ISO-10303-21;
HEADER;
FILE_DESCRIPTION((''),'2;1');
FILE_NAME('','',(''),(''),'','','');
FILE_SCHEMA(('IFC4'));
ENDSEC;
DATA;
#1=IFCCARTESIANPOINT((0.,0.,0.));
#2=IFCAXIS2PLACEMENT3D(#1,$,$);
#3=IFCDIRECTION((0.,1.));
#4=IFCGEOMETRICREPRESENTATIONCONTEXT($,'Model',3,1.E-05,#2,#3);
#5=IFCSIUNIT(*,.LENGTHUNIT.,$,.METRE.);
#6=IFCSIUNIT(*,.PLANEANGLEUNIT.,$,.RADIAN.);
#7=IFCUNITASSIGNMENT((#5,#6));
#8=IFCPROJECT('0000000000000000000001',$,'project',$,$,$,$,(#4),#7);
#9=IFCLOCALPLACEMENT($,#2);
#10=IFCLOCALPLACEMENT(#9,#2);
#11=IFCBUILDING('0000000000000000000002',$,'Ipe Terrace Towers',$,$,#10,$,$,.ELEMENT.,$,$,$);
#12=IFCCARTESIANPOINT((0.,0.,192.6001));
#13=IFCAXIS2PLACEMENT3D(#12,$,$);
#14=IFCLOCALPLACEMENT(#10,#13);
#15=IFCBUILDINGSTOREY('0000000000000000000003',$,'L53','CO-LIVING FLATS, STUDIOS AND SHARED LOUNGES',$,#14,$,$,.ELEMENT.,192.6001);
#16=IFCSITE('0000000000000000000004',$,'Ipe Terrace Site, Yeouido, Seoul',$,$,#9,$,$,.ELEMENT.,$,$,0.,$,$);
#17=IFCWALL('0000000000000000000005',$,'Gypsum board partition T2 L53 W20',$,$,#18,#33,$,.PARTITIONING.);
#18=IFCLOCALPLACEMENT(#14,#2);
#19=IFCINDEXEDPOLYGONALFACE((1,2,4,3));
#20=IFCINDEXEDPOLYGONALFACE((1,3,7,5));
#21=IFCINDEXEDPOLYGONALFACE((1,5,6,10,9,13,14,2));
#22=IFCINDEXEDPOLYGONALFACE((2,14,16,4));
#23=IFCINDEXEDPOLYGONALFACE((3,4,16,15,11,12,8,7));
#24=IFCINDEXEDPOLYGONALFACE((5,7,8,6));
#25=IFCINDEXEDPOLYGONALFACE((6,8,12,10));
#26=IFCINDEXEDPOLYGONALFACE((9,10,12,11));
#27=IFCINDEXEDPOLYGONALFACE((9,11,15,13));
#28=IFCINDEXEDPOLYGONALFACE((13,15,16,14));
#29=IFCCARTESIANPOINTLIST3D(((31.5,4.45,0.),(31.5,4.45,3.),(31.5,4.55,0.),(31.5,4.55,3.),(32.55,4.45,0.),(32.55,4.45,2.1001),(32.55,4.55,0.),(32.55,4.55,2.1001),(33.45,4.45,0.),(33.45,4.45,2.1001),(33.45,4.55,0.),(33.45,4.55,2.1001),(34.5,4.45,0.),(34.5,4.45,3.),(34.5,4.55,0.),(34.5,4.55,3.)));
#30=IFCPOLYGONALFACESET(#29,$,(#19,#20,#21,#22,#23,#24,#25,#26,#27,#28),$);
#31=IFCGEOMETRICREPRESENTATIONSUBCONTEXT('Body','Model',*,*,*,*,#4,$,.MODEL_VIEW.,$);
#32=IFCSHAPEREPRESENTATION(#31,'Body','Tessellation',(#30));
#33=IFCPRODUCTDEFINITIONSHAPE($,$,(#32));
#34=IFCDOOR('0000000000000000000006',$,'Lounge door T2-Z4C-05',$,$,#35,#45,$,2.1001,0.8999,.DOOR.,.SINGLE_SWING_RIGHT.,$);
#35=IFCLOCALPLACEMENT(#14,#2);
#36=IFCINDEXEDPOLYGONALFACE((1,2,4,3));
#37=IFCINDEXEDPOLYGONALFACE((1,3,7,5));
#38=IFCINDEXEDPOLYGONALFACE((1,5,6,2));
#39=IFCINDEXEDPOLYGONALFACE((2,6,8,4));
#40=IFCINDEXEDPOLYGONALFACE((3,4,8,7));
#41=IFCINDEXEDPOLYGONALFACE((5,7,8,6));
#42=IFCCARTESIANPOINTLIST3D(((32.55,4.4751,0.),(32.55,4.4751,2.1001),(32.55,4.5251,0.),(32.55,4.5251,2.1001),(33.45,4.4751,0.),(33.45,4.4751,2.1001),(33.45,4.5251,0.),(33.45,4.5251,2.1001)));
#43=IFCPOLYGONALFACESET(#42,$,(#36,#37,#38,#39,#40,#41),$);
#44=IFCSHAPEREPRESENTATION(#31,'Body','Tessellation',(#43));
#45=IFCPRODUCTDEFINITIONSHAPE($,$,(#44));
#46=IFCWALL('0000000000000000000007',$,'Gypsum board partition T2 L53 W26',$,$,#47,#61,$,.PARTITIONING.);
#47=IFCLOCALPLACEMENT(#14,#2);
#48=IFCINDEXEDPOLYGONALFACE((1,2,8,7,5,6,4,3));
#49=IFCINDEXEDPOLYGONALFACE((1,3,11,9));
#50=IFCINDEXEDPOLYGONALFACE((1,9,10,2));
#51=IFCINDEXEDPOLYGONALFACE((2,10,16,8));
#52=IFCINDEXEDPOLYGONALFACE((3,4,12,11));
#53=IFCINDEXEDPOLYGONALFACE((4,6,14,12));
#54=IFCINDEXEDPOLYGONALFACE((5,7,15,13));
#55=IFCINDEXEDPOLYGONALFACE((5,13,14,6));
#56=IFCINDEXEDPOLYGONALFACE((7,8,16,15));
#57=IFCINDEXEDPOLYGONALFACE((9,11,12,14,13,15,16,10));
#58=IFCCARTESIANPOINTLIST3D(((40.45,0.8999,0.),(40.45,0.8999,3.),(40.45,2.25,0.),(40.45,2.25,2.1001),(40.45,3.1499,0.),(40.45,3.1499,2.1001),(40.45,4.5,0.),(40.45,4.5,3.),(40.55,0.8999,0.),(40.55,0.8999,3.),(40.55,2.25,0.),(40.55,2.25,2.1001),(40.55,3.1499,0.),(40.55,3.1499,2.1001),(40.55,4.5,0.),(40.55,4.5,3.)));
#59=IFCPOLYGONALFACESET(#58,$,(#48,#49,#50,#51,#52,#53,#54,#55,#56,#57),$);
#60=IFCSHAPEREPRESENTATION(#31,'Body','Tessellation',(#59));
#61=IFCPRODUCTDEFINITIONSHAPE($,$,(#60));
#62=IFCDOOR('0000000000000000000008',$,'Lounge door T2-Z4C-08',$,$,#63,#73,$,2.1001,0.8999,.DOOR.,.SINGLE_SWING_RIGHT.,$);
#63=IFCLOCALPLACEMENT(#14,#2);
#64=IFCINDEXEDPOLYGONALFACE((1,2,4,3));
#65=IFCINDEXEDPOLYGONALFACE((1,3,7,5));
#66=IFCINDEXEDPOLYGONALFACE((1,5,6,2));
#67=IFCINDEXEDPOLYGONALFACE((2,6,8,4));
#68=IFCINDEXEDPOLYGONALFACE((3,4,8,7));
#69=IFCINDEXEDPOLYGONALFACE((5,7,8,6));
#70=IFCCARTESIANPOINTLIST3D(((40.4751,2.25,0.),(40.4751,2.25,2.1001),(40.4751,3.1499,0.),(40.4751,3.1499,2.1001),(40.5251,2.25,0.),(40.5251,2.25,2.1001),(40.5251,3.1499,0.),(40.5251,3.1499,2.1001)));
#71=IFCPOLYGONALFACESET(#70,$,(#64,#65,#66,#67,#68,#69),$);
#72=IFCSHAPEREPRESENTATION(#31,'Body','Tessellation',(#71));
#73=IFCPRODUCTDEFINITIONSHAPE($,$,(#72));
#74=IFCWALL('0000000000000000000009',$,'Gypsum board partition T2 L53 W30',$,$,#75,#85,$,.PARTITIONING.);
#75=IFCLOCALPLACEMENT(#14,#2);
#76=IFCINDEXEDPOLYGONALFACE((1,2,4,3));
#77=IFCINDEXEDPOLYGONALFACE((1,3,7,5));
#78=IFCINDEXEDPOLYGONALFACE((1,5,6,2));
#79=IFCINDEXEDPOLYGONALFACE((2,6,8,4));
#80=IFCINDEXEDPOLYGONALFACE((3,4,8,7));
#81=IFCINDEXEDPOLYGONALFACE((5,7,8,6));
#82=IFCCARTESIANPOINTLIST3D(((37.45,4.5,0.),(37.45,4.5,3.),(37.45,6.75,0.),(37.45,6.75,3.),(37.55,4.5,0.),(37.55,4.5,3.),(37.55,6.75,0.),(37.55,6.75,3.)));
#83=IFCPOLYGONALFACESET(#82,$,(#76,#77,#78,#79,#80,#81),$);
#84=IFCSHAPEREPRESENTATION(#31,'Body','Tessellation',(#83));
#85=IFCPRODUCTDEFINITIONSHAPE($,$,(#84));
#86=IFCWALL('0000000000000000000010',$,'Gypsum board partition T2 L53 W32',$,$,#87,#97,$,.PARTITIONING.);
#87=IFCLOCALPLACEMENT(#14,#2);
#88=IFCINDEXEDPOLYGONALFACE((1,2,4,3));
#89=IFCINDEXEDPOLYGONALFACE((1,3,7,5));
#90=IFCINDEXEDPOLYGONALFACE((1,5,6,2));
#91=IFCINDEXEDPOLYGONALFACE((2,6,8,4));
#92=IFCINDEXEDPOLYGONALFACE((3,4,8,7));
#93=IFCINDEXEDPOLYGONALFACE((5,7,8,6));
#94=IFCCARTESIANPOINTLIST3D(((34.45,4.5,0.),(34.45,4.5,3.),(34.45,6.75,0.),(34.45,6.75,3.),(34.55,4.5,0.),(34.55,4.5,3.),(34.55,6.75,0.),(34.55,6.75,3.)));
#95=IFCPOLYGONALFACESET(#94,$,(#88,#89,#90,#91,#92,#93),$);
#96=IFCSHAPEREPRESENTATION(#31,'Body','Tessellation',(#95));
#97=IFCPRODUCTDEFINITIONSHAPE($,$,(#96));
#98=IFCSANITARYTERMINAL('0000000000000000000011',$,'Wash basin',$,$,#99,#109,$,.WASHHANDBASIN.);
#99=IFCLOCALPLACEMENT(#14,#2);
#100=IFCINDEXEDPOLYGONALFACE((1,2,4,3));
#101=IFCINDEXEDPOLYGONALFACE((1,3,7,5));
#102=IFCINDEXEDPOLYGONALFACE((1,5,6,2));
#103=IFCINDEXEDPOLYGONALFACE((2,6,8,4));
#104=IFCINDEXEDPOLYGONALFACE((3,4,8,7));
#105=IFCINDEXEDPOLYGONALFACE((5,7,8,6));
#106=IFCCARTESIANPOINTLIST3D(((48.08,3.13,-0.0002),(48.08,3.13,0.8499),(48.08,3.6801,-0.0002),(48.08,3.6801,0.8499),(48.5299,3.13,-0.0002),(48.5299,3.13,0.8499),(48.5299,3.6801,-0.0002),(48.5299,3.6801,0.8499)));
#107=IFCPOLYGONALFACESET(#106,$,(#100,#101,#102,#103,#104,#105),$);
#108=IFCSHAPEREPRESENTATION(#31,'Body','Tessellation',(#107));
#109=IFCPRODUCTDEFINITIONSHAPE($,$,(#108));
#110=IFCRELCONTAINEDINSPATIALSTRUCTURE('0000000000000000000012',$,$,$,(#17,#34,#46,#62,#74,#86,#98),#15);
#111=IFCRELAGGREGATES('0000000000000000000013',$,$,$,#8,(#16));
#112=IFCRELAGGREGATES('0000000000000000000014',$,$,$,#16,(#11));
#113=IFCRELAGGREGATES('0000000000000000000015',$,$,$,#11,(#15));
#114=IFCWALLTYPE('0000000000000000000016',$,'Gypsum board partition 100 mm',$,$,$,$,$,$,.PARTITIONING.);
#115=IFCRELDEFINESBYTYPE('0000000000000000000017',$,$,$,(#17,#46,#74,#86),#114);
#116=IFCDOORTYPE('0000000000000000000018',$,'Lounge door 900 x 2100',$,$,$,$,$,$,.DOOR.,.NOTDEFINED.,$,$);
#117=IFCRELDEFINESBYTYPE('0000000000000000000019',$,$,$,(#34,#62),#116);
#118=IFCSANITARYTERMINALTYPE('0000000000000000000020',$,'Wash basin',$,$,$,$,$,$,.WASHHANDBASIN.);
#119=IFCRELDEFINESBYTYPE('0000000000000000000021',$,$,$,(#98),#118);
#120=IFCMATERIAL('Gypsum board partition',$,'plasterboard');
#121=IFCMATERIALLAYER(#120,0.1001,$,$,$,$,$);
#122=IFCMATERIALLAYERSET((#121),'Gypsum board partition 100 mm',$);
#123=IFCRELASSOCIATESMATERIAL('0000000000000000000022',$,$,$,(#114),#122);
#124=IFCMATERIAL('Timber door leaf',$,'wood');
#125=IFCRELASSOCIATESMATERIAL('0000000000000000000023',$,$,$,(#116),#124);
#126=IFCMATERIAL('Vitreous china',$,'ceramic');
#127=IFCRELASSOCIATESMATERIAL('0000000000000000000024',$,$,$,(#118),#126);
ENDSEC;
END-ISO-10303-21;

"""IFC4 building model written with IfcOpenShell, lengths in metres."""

from ifc_helpers import new_model, si_unit, direction, frame, frame_2d, origin, origin_2d, place, context, subcontext, project, spatial, rectangle, extrude, material, layer, layer_set, type_object, element, fill, save


model = new_model("IFC4")

# Units and contexts
model_context = context("Model", 3, precision=1e-05, world=origin(), true_north=direction((0.0, 1.0)))
body_context = subcontext(model_context, "Body", "Model", "MODEL_VIEW")
ifc_project = project(units=[si_unit("LENGTHUNIT", "METRE"), si_unit("PLANEANGLEUNIT", "RADIAN")], contexts=[model_context])

# Site, building, storey
site_placement = place(None, origin())
site = spatial("IfcSite", under=ifc_project, at=site_placement, Name="Ipe Terrace Site, Yeouido, Seoul", CompositionType="ELEMENT", RefElevation=0.0)
building_placement = place(site_placement, origin())
building = spatial("IfcBuilding", under=site, at=building_placement, Name="Ipe Terrace Towers", CompositionType="ELEMENT")
storey_placement = place(building_placement, frame((0.0, 0.0, 192.6001)))
storey = spatial("IfcBuildingStorey", under=building, at=storey_placement, Name="L53", Description="CO-LIVING FLATS, STUDIOS AND SHARED LOUNGES", CompositionType="ELEMENT", Elevation=192.6001)

# Shared definitions
ifc_material_1 = material(Name="Gypsum board partition", Category="plasterboard")
ifc_layer = layer(ifc_material_1, 0.1001)
ifc_layer_set = layer_set([ifc_layer], Name="Gypsum board partition 100 mm")
wall_type = type_object("IfcWallType", Name="Gypsum board partition 100 mm", PredefinedType="PARTITIONING", material=ifc_layer_set)

# Shared definitions
ifc_material_2 = material(Name="Timber door leaf", Category="wood")
door_type = type_object("IfcDoorType", Name="Lounge door 900 x 2100", OperationType="NOTDEFINED", PredefinedType="DOOR", material=ifc_material_2)

# Walls, openings, doors
wall_1_placement = place(storey_placement, frame((34.5, 4.5, 0.0), z_axis=(0.0, 0.0, 1.0), x_axis=(-1.0, 0.0, 0.0)))
wall_1 = element("IfcWall", 1, at=wall_1_placement, inside=storey, type_object=wall_type, Name="Gypsum board partition T2 L53 W20", PredefinedType="PARTITIONING", context=body_context, shape_type="SweptSolid", body=[
    extrude(rectangle(XDim=3.0, YDim=0.1001, at=frame_2d((1.5, 0.0))), origin(), (0.0, 0.0, 1.0), 3.0),
])
opening_1_placement = place(wall_1_placement, frame((1.05, 0.0, 0.0)))
opening_1 = element("IfcOpeningElement", 2, at=opening_1_placement, cuts=wall_1, PredefinedType="OPENING", context=body_context, shape_type="SweptSolid", body=[
    extrude(rectangle(XDim=0.8999, YDim=2.1001, at=frame_2d((0.45, 1.05))), frame((0.0, 0.0601, 0.0), z_axis=(0.0, -1.0, 0.0), x_axis=(1.0, 0.0, 0.0)), (0.0, 0.0, 1.0), 0.1201),
])
door_1_placement = place(opening_1_placement, origin())
door_1 = element("IfcDoor", 3, at=door_1_placement, inside=storey, type_object=door_type, Name="Lounge door T2-Z4C-05", OperationType="SINGLE_SWING_RIGHT", OverallHeight=2.1001, OverallWidth=0.8999, PredefinedType="DOOR", context=body_context, shape_type="SweptSolid", body=[
    extrude(rectangle(XDim=0.8999, YDim=2.1001, at=frame_2d((0.45, 1.05))), frame((0.0, 0.0249, 0.0), z_axis=(0.0, -1.0, 0.0), x_axis=(1.0, 0.0, 0.0)), (0.0, 0.0, 1.0), 0.05),
])
fill(opening_1, door_1)
wall_2_placement = place(storey_placement, frame((40.5, 0.8999, 0.0), z_axis=(0.0, 0.0, 1.0), x_axis=(0.0, 1.0, 0.0)))
wall_2 = element("IfcWall", 4, at=wall_2_placement, inside=storey, type_object=wall_type, Name="Gypsum board partition T2 L53 W26", PredefinedType="PARTITIONING", context=body_context, shape_type="SweptSolid", body=[
    extrude(rectangle(XDim=3.6001, YDim=0.1001, at=frame_2d((1.8, 0.0))), origin(), (0.0, 0.0, 1.0), 3.0),
])
opening_2_placement = place(wall_2_placement, frame((1.3501, 0.0, 0.0)))
opening_2 = element("IfcOpeningElement", 5, at=opening_2_placement, cuts=wall_2, PredefinedType="OPENING", context=body_context, shape_type="SweptSolid", body=[
    extrude(rectangle(XDim=0.8999, YDim=2.1001, at=frame_2d((0.45, 1.05))), frame((0.0, 0.0601, 0.0), z_axis=(0.0, -1.0, 0.0), x_axis=(1.0, 0.0, 0.0)), (0.0, 0.0, 1.0), 0.1201),
])
door_2_placement = place(opening_2_placement, origin())
door_2 = element("IfcDoor", 6, at=door_2_placement, inside=storey, type_object=door_type, Name="Lounge door T2-Z4C-08", OperationType="SINGLE_SWING_RIGHT", OverallHeight=2.1001, OverallWidth=0.8999, PredefinedType="DOOR", context=body_context, shape_type="SweptSolid", body=[
    extrude(rectangle(XDim=0.8999, YDim=2.1001, at=frame_2d((0.45, 1.05))), frame((0.0, 0.0249, 0.0), z_axis=(0.0, -1.0, 0.0), x_axis=(1.0, 0.0, 0.0)), (0.0, 0.0, 1.0), 0.05),
])
fill(opening_2, door_2)

# Walls
for number, where, z_axis, x_axis, name in (
    (7, (37.5, 4.5, 0.0), (0.0, 0.0, 1.0), (0.0, 1.0, 0.0), "Gypsum board partition T2 L53 W30"),
    (8, (34.5, 4.5, 0.0), (0.0, 0.0, 1.0), (0.0, 1.0, 0.0), "Gypsum board partition T2 L53 W32"),
):
    element("IfcWall", number, at=place(storey_placement, frame(where, z_axis=z_axis, x_axis=x_axis)), inside=storey, type_object=wall_type, Name=name, PredefinedType="PARTITIONING", context=body_context, shape_type="SweptSolid", body=[
        extrude(rectangle(XDim=2.25, YDim=0.1001, at=frame_2d((1.125, 0.0))), origin(), (0.0, 0.0, 1.0), 3.0),
    ])

# Sanitary terminal
ifc_material_3 = material(Name="Vitreous china", Category="ceramic")
sanitary_terminal_type = type_object("IfcSanitaryTerminalType", Name="Wash basin", PredefinedType="WASHHANDBASIN", material=ifc_material_3)
sanitary_terminal_placement = place(storey_placement, frame((48.3049, 3.405, -0.0002), z_axis=(0.0, 0.0, 1.0), x_axis=(0.0, -1.0, 0.0)))
element("IfcSanitaryTerminal", 9, at=sanitary_terminal_placement, inside=storey, type_object=sanitary_terminal_type, Name="Wash basin", PredefinedType="WASHHANDBASIN", context=body_context, shape_type="SweptSolid", body=[
    extrude(rectangle(XDim=0.55, YDim=0.45, at=origin_2d()), origin(), (0.0, 0.0, 1.0), 0.8501),
])

save(model, "model.ifc")
